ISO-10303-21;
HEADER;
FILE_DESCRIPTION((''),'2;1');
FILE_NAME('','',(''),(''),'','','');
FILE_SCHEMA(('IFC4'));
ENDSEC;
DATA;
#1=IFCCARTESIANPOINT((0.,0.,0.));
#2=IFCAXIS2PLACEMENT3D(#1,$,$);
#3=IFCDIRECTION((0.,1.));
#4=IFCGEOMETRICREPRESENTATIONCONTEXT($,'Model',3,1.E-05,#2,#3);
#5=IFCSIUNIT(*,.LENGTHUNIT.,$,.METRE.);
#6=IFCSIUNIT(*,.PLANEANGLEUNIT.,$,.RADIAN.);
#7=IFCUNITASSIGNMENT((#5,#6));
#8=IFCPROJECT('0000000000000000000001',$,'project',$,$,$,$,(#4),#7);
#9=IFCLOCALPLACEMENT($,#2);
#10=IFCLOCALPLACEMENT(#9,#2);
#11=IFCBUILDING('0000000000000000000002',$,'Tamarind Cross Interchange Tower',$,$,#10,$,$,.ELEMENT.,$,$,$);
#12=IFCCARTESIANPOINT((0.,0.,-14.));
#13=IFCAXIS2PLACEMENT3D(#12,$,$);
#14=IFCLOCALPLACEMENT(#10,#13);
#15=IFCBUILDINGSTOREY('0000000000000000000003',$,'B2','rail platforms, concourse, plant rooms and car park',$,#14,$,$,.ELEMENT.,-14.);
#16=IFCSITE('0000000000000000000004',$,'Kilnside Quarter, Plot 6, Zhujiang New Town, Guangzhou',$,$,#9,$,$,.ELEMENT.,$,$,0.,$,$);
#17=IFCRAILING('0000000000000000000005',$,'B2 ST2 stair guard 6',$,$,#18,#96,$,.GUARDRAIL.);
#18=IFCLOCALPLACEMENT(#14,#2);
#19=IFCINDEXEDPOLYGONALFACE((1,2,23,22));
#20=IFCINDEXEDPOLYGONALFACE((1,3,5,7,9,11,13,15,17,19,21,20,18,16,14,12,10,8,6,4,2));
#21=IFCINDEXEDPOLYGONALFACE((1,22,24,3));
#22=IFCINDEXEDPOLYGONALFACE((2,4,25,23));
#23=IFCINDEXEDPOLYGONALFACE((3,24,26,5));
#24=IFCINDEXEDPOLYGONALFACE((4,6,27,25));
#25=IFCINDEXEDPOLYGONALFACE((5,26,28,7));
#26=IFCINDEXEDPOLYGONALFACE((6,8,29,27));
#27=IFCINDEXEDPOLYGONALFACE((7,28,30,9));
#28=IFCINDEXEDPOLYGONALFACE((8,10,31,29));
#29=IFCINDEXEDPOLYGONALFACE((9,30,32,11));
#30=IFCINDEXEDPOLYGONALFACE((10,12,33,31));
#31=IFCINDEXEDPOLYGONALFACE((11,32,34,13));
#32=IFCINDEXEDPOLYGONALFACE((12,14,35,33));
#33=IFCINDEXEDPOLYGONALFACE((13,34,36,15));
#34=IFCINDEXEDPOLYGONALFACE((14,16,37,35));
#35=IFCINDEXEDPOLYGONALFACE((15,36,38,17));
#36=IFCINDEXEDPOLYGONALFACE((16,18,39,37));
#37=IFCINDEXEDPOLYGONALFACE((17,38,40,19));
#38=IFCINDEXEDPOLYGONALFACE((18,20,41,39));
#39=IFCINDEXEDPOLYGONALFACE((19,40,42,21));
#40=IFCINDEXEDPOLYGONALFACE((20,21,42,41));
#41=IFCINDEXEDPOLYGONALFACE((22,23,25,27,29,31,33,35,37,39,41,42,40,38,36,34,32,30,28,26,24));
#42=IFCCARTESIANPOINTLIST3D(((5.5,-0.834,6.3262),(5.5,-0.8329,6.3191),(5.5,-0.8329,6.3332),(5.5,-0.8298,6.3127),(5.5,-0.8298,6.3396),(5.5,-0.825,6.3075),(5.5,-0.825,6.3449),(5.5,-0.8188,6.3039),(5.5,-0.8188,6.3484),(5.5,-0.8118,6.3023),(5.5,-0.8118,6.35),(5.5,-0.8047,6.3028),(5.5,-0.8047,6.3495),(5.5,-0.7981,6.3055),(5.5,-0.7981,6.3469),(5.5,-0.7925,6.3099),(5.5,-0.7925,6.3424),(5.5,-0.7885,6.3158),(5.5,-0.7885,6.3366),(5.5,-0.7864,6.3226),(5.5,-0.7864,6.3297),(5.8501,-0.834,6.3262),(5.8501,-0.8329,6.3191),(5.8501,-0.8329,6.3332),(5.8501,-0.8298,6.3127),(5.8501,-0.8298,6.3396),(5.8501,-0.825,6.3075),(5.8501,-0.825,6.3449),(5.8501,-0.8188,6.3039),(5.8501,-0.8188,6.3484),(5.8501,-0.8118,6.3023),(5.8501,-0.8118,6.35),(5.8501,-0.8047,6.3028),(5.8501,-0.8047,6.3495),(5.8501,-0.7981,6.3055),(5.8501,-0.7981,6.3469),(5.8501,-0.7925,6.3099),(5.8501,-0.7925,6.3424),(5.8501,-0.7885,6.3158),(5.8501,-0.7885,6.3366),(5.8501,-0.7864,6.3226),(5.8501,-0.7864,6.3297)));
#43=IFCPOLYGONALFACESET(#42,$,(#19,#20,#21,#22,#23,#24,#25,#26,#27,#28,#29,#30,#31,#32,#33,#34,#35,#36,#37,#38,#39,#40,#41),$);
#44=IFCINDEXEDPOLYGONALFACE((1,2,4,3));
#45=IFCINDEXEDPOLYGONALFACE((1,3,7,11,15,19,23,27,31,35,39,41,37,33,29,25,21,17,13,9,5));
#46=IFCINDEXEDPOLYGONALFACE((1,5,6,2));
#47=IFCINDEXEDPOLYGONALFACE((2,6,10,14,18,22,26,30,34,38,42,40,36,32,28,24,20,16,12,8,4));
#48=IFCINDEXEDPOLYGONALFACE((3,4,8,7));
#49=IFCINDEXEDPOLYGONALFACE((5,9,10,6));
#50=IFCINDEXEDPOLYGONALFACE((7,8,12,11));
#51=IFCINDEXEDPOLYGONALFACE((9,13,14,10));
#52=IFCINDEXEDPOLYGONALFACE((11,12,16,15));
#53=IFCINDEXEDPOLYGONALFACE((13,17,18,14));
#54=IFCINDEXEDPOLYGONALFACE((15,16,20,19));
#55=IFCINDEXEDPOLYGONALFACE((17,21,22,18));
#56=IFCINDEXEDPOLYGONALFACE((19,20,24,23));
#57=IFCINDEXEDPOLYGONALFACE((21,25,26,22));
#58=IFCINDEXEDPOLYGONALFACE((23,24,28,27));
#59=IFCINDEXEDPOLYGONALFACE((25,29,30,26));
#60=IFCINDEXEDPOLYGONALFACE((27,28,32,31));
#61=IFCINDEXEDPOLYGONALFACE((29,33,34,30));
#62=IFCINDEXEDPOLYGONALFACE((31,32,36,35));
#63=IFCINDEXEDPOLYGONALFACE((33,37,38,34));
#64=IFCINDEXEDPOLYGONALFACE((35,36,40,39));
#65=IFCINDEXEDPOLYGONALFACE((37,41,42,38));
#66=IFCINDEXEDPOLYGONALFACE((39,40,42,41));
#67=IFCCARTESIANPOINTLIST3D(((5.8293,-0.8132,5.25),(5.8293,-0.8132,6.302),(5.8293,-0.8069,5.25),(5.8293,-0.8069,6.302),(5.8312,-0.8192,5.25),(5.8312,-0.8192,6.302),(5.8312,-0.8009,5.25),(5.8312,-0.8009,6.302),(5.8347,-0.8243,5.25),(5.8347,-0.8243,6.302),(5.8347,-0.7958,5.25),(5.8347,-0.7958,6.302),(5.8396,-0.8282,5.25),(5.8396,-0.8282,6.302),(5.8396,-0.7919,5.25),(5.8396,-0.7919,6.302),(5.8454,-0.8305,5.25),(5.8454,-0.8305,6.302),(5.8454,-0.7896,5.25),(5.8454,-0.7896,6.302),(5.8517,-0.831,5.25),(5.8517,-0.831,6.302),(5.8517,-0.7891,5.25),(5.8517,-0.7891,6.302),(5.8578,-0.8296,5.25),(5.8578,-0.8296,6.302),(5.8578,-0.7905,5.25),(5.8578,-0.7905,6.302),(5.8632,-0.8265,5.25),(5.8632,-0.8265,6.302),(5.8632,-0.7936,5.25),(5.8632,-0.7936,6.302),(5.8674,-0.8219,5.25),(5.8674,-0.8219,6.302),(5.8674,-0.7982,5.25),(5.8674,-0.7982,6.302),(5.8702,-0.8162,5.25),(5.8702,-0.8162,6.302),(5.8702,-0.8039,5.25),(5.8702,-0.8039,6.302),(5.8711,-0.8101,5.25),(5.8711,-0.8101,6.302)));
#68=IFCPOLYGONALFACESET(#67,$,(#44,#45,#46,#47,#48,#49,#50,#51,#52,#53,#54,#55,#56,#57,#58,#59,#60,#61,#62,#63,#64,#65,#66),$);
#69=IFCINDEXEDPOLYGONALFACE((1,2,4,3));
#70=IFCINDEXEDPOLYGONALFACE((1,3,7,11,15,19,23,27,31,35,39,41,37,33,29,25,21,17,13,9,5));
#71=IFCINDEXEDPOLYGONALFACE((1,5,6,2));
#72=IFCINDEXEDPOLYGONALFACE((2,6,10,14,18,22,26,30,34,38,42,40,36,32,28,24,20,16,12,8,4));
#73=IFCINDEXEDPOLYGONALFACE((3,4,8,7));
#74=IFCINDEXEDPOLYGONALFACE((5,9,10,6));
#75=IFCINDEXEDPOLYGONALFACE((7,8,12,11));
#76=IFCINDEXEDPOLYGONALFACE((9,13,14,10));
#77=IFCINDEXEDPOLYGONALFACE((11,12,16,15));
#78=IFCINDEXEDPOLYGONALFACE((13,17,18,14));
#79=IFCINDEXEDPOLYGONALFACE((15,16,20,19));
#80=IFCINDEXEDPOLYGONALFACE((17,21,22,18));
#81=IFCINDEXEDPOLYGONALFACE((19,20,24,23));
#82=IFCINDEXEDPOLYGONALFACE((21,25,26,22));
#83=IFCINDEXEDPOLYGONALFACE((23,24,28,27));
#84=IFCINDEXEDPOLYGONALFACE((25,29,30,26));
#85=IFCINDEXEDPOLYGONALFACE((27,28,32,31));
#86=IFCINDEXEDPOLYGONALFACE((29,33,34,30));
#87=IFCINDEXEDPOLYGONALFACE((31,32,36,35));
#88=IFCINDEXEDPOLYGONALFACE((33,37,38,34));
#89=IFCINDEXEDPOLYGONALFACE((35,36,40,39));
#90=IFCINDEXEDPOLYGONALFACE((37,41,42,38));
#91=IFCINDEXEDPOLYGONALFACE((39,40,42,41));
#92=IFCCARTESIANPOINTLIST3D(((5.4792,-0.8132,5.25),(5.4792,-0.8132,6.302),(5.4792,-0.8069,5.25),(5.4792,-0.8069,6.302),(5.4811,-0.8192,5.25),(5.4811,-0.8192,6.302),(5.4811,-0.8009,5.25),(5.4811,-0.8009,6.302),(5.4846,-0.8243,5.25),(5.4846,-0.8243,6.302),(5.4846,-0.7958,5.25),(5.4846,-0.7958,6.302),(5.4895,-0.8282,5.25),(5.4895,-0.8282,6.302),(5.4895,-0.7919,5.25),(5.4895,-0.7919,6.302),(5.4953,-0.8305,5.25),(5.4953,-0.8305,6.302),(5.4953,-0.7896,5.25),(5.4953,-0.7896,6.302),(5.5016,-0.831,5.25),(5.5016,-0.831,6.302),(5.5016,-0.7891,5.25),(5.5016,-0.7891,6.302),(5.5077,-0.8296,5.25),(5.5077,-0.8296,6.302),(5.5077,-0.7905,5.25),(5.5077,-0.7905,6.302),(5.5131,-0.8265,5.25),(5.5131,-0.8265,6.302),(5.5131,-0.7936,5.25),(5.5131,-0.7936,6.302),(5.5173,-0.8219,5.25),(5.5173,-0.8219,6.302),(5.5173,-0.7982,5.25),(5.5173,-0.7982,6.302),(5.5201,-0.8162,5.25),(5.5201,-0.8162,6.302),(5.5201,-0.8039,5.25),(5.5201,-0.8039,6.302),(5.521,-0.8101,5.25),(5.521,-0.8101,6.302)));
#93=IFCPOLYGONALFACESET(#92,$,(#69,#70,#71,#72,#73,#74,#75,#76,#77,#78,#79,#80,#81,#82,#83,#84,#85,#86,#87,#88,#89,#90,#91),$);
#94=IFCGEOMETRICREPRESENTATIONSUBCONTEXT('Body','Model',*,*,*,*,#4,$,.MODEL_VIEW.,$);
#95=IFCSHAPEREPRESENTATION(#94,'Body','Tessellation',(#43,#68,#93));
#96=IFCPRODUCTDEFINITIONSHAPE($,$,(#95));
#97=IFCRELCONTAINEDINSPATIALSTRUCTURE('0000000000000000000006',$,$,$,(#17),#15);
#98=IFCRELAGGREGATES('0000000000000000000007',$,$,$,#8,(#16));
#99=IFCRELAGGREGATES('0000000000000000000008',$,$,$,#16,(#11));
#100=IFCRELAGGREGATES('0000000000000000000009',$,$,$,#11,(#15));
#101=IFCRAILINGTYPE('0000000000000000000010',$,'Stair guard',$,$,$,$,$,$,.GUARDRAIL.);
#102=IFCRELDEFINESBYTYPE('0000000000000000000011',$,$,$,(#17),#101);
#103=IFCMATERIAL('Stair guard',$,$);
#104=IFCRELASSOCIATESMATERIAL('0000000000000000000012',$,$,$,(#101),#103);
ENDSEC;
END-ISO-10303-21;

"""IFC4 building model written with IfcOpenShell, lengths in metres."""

from ifc_helpers import new_model, si_unit, direction, frame, origin, origin_2d, place, context, subcontext, project, spatial, circle, extrude, material, type_object, element, save


model = new_model("IFC4")

# Units and contexts
model_context = context("Model", 3, precision=1e-05, world=origin(), true_north=direction((0.0, 1.0)))
body_context = subcontext(model_context, "Body", "Model", "MODEL_VIEW")
ifc_project = project(units=[si_unit("LENGTHUNIT", "METRE"), si_unit("PLANEANGLEUNIT", "RADIAN")], contexts=[model_context])

# Site, building, storey
site_placement = place(None, origin())
site = spatial("IfcSite", under=ifc_project, at=site_placement, Name="Kilnside Quarter, Plot 6, Zhujiang New Town, Guangzhou", CompositionType="ELEMENT", RefElevation=0.0)
building_placement = place(site_placement, origin())
building = spatial("IfcBuilding", under=site, at=building_placement, Name="Tamarind Cross Interchange Tower", CompositionType="ELEMENT")
storey_placement = place(building_placement, frame((0.0, 0.0, -14.0)))
storey = spatial("IfcBuildingStorey", under=building, at=storey_placement, Name="B2", Description="rail platforms, concourse, plant rooms and car park", CompositionType="ELEMENT", Elevation=-14.0)

# Railing
ifc_material_1 = material(Name="Stair guard")
railing_type_1 = type_object("IfcRailingType", Name="Stair guard", PredefinedType="GUARDRAIL", material=ifc_material_1)
railing_1_placement = place(storey_placement, frame((5.8501, -0.8101, 5.25)))
element("IfcRailing", 1, at=railing_1_placement, inside=storey, type_object=railing_type_1, Name="B2 ST2 stair guard 6", PredefinedType="GUARDRAIL", context=body_context, shape_type="SweptSolid", body=[
    extrude(circle(Radius=0.0239, at=origin_2d()), frame((0.0, 0.0, 1.0762), z_axis=(-1.0, 0.0, 0.0), x_axis=(0.0, -1.0, 0.0)), (0.0, 0.0, 1.0), 0.3501),
    extrude(circle(Radius=0.021, at=origin_2d()), origin(), (0.0, 0.0, 1.0), 1.052),
    extrude(circle(Radius=0.021, at=origin_2d()), frame((-0.3501, 0.0, 0.0)), (0.0, 0.0, 1.0), 1.052),
])

save(model, "model.ifc")
